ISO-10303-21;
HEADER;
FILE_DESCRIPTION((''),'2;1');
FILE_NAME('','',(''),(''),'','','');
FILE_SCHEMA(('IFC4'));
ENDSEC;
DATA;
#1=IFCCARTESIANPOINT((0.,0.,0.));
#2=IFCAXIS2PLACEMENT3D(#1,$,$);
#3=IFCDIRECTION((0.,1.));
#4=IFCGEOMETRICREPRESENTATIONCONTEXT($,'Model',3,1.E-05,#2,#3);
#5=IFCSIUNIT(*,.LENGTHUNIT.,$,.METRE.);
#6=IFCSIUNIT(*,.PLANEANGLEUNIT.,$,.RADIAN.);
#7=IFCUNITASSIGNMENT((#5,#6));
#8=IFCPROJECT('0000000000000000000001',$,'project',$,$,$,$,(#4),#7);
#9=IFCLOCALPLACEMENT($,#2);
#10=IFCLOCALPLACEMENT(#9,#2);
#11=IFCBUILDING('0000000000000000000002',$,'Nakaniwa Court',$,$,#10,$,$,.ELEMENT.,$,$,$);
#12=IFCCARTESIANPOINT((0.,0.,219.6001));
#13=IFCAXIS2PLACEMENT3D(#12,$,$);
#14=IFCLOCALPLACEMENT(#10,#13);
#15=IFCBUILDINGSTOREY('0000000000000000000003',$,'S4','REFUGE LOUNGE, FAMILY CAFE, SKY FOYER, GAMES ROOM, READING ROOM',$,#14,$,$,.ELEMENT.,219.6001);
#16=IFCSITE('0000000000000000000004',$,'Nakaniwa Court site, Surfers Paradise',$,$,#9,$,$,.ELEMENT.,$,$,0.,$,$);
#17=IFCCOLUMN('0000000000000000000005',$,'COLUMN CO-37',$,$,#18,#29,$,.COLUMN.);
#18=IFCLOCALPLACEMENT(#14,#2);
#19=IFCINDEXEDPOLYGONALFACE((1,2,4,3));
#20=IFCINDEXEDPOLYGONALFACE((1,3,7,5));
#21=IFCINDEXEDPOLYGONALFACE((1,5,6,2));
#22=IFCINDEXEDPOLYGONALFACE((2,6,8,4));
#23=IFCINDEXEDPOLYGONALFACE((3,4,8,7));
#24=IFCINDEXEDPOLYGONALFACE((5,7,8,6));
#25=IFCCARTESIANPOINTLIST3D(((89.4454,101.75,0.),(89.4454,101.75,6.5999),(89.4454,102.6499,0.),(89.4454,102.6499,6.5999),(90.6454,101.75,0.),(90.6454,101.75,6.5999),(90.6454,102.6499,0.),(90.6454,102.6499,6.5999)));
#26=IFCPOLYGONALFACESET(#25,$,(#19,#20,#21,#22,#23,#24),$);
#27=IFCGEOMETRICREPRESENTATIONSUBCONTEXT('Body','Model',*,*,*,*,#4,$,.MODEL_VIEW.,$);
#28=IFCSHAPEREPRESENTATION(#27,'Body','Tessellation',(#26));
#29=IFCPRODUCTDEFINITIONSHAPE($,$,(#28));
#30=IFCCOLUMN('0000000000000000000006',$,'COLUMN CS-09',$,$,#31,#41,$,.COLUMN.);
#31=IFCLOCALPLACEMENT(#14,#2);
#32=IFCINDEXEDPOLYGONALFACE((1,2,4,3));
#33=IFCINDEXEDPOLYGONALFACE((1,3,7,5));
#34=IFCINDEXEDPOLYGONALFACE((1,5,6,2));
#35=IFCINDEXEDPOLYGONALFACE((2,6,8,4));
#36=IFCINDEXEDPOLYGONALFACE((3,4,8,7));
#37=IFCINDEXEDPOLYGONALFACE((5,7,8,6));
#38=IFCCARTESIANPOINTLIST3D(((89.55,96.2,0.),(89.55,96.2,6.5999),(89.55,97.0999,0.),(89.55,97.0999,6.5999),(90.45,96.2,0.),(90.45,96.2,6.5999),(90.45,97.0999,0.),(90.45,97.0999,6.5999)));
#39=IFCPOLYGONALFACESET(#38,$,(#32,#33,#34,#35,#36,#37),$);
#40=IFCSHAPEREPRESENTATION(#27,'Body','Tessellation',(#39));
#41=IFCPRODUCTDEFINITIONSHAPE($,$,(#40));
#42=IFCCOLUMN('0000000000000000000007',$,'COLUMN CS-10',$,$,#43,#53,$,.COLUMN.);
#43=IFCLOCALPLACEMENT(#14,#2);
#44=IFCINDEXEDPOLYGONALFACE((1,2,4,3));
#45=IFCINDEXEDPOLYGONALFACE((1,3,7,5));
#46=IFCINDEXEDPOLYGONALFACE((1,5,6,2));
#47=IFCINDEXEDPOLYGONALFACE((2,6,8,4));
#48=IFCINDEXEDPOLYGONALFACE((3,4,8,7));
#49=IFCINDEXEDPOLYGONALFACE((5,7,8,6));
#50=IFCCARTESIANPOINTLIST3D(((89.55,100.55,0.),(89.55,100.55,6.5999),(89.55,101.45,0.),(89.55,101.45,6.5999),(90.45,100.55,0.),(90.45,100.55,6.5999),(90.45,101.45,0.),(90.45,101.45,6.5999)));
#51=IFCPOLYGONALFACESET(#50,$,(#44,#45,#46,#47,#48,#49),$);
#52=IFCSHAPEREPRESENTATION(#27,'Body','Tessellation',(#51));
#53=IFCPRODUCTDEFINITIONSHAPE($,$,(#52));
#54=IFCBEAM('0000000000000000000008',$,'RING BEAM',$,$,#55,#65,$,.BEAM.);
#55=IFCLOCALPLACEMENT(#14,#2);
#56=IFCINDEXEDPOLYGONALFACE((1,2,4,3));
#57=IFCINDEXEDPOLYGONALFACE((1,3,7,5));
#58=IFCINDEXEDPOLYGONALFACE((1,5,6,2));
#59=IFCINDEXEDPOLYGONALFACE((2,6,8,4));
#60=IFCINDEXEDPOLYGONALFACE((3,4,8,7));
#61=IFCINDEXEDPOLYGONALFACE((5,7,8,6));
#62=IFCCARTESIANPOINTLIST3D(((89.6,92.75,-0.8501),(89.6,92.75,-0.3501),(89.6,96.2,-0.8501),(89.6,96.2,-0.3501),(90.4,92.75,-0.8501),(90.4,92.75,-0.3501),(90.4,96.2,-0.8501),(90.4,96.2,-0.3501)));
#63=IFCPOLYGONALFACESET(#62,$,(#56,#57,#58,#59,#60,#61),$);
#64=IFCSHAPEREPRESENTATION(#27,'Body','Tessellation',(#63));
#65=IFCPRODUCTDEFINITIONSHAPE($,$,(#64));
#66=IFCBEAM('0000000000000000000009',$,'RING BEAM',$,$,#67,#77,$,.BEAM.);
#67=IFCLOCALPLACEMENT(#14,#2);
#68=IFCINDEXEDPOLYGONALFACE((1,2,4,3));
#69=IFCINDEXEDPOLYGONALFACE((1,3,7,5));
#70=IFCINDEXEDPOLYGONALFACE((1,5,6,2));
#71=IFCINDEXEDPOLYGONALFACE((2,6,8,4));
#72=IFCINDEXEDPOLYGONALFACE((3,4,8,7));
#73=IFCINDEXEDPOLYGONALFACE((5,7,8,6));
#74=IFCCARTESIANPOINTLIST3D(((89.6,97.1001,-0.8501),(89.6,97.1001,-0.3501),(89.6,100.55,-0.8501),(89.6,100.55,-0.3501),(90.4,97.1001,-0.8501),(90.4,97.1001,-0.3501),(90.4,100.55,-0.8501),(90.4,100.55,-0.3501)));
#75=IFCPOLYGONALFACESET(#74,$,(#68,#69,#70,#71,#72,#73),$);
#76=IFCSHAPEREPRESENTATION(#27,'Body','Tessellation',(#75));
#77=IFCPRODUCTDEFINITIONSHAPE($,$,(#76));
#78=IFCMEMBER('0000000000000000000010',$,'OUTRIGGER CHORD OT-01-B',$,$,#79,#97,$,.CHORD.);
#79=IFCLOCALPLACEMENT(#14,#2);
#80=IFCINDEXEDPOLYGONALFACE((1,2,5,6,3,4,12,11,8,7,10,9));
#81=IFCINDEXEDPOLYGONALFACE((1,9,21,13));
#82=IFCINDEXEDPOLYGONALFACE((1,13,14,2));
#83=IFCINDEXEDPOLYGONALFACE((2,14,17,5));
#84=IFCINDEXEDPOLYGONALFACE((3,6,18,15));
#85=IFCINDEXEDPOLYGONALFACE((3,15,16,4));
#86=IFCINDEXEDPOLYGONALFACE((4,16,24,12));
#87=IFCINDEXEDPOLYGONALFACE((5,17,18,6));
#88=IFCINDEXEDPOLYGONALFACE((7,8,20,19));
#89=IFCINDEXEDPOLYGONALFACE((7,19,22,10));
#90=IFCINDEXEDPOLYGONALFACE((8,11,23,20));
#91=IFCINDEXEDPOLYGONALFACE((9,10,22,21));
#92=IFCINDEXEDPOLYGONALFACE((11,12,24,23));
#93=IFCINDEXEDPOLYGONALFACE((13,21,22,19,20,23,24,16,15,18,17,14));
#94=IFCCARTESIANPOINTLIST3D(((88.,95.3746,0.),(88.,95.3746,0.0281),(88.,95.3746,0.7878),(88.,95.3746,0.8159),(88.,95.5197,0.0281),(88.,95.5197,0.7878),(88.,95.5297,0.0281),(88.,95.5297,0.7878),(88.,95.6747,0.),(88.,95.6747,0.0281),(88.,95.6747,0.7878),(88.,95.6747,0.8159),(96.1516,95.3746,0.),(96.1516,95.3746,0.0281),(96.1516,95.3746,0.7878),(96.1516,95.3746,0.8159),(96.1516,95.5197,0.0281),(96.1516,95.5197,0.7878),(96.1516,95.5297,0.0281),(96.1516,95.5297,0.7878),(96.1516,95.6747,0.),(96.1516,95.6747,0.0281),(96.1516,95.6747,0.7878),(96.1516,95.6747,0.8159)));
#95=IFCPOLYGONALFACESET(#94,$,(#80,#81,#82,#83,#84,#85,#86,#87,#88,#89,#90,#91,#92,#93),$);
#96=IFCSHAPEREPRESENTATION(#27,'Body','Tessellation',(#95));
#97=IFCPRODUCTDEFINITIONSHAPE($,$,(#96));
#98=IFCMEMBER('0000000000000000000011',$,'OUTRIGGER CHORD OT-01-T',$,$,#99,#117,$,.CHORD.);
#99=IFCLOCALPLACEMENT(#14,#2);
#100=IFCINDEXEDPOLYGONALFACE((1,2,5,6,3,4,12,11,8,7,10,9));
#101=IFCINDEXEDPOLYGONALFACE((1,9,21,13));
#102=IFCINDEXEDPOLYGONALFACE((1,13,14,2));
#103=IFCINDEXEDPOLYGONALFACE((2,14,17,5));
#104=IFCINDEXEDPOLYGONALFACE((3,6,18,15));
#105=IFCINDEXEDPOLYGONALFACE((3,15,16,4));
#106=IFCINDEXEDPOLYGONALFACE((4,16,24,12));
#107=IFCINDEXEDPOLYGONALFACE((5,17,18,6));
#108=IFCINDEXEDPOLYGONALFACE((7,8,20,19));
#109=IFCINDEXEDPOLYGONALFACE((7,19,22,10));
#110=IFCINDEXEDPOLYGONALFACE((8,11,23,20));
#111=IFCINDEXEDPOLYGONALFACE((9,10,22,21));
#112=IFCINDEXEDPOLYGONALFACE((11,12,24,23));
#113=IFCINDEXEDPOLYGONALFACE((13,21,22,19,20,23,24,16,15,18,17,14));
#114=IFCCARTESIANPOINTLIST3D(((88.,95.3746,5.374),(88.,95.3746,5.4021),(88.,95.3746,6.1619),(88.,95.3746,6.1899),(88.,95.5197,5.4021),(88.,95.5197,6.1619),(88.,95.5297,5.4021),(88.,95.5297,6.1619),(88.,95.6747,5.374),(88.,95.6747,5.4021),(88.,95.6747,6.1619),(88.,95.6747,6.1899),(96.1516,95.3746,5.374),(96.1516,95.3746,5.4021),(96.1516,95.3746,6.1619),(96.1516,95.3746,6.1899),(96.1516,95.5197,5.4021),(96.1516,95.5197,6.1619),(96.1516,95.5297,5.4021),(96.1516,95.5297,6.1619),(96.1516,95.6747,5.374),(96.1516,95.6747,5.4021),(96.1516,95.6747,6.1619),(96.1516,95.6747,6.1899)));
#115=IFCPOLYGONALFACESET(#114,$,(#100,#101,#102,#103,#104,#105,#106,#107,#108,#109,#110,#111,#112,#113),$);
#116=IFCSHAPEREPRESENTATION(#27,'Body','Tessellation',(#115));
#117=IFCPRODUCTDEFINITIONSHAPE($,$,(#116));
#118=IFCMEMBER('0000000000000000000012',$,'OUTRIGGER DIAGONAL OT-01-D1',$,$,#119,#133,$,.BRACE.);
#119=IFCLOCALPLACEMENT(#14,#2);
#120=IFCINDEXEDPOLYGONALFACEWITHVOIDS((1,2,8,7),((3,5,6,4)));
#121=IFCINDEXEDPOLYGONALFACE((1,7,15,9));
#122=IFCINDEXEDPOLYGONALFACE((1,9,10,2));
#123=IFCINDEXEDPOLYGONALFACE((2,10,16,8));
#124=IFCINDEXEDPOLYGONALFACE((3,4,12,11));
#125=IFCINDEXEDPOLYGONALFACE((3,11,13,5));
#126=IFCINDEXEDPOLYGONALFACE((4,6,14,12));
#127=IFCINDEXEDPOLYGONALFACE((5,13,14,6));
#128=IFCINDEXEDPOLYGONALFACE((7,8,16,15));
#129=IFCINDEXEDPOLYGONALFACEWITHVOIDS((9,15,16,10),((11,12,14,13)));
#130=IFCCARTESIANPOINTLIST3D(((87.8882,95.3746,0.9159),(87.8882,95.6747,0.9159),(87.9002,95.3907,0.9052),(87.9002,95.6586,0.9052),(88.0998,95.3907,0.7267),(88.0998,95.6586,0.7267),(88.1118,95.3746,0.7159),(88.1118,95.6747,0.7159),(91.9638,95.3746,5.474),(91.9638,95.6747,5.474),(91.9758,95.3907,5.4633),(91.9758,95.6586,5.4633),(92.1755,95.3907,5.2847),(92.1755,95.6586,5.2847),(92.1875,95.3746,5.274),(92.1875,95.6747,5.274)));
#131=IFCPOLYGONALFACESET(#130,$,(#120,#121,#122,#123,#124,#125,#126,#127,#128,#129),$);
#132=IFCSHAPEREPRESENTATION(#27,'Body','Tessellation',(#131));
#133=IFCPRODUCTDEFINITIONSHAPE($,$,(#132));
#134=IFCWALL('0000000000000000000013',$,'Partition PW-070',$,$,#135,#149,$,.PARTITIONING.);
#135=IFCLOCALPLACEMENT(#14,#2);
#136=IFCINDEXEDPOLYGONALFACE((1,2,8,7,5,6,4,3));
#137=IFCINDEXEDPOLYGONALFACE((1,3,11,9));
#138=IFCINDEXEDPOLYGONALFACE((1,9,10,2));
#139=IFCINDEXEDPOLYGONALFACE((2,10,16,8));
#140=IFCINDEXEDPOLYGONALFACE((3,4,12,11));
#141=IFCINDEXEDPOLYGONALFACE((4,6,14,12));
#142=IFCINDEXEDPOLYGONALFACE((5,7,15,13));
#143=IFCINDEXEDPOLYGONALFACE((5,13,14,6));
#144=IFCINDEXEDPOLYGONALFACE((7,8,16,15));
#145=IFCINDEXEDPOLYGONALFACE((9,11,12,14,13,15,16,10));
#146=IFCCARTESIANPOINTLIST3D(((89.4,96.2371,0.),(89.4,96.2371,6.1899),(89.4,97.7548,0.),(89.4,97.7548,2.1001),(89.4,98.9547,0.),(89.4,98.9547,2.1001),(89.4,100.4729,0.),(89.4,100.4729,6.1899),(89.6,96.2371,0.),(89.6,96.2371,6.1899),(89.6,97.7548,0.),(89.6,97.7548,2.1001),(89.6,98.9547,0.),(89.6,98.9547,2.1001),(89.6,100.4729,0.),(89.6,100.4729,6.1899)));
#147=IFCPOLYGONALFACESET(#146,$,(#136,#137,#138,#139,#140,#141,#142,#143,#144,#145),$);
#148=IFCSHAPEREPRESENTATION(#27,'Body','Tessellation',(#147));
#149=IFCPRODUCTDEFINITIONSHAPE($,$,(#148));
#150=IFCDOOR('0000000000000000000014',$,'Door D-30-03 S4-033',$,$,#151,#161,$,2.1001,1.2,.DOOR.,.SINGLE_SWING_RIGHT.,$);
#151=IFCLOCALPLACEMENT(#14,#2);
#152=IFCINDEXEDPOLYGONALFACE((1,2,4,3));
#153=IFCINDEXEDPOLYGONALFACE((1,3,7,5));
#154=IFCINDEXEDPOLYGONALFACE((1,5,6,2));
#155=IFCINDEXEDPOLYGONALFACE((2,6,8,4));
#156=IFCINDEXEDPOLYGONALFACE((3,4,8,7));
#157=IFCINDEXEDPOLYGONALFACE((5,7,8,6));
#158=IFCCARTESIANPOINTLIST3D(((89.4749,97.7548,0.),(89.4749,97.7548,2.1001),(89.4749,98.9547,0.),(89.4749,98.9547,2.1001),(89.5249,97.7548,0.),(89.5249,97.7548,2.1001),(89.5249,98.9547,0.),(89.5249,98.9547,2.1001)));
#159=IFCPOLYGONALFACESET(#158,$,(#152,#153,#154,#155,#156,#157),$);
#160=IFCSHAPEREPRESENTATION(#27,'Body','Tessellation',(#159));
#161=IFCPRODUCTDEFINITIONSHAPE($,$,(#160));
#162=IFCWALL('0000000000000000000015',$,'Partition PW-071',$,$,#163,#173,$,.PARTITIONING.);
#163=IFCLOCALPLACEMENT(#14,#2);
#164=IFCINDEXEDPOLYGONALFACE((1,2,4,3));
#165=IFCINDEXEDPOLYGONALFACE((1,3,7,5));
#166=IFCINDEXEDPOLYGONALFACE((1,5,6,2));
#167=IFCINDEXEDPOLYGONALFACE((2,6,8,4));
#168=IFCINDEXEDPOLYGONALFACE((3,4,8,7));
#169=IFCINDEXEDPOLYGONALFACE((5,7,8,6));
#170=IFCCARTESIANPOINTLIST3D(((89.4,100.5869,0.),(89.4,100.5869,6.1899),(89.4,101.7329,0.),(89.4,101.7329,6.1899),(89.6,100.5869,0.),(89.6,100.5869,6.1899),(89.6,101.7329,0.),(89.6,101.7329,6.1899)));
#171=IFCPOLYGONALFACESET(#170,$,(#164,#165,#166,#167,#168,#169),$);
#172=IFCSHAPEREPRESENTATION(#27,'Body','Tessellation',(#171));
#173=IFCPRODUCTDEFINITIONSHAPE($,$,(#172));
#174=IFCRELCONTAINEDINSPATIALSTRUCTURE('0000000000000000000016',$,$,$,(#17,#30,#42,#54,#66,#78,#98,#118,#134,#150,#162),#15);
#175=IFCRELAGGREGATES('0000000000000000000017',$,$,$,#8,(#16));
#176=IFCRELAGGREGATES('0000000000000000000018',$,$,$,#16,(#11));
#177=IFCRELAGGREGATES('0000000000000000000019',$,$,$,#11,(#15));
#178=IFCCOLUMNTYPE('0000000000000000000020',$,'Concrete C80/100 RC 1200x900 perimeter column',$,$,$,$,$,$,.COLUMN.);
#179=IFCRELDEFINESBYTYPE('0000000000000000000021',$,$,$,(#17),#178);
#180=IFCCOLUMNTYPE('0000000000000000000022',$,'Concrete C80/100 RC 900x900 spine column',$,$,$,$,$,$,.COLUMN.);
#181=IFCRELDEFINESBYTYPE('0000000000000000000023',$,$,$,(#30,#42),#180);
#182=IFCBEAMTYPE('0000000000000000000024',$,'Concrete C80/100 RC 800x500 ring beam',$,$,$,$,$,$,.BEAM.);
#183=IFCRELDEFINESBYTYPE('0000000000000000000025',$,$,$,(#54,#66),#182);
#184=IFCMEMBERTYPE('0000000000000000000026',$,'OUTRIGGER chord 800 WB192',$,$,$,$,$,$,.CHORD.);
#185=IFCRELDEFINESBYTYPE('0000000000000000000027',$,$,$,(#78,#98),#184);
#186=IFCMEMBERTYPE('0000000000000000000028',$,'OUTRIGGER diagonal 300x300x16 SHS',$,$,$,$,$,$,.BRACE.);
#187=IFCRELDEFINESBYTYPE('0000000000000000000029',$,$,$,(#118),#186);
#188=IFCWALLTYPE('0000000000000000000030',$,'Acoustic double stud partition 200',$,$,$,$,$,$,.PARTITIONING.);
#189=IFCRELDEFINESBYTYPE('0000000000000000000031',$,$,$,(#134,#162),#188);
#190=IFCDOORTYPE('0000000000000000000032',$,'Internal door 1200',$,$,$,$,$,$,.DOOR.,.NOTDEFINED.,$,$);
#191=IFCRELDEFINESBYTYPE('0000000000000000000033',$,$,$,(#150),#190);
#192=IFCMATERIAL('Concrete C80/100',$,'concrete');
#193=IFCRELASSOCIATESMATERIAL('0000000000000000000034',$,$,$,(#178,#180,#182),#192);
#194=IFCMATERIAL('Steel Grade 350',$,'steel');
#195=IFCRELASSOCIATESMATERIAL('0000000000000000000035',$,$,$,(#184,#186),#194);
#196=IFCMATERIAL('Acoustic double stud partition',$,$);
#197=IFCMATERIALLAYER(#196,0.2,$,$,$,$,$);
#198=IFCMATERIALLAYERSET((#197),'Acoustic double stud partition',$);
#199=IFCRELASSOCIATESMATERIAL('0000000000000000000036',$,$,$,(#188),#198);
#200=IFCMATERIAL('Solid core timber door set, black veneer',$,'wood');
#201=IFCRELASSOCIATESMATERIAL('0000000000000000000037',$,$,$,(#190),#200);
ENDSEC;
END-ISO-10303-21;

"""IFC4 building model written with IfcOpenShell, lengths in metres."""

from ifc_helpers import new_model, si_unit, direction, frame, frame_2d, origin, origin_2d, place, context, subcontext, project, spatial, rectangle, hollow_rectangle, i_section, extrude, material, layer, layer_set, material_profile, profile_set, type_object, element, fill, save


model = new_model("IFC4")

# Units and contexts
model_context = context("Model", 3, precision=1e-05, world=origin(), true_north=direction((0.0, 1.0)))
body_context = subcontext(model_context, "Body", "Model", "MODEL_VIEW")
ifc_project = project(units=[si_unit("LENGTHUNIT", "METRE"), si_unit("PLANEANGLEUNIT", "RADIAN")], contexts=[model_context])

# Site, building, storey
site_placement = place(None, origin())
site = spatial("IfcSite", under=ifc_project, at=site_placement, Name="Nakaniwa Court site, Surfers Paradise", CompositionType="ELEMENT", RefElevation=0.0)
building_placement = place(site_placement, origin())
building = spatial("IfcBuilding", under=site, at=building_placement, Name="Nakaniwa Court", CompositionType="ELEMENT")
storey_placement = place(building_placement, frame((0.0, 0.0, 219.6001)))
storey = spatial("IfcBuildingStorey", under=building, at=storey_placement, Name="S4", Description="REFUGE LOUNGE, FAMILY CAFE, SKY FOYER, GAMES ROOM, READING ROOM", CompositionType="ELEMENT", Elevation=219.6001)

# Columns
ifc_material_1 = material(Name="Concrete C80/100", Category="concrete")
ifc_material_profile_1 = material_profile(ifc_material_1, rectangle(XDim=1.2, YDim=0.8999, at=origin_2d()), Name="Concrete C80/100 RC 1200x900 perimeter column")
ifc_profile_set_1 = profile_set([ifc_material_profile_1], Name="Concrete C80/100")
column_type_1 = type_object("IfcColumnType", Name="Concrete C80/100 RC 1200x900 perimeter column", PredefinedType="COLUMN", material=ifc_profile_set_1)
column_placement = place(storey_placement, frame((90.0454, 102.2, 0.0), z_axis=(0.0, 0.0, 1.0), x_axis=(-1.0, 0.0, 0.0)))
element("IfcColumn", 1, at=column_placement, inside=storey, type_object=column_type_1, Name="COLUMN CO-37", PredefinedType="COLUMN", context=body_context, shape_type="SweptSolid", body=[
    extrude(rectangle(XDim=1.2, YDim=0.8999, at=origin_2d()), origin(), (0.0, 0.0, 1.0), 6.5999),
])
ifc_material_profile_2 = material_profile(ifc_material_1, rectangle(XDim=0.8999, YDim=0.8999, at=origin_2d()), Name="Concrete C80/100 RC 900x900 spine column")
ifc_profile_set_2 = profile_set([ifc_material_profile_2], Name="Concrete C80/100")
column_type_2 = type_object("IfcColumnType", Name="Concrete C80/100 RC 900x900 spine column", PredefinedType="COLUMN", material=ifc_profile_set_2)
for number, where, z_axis, x_axis, name in (
    (2, (90.0, 96.6499, 0.0), (0.0, 0.0, 1.0), (0.0, 1.0, 0.0), "COLUMN CS-09"),
    (3, (90.0, 101.0, 0.0), (0.0, 0.0, 1.0), (0.0, 1.0, 0.0), "COLUMN CS-10"),
):
    element("IfcColumn", number, at=place(storey_placement, frame(where, z_axis=z_axis, x_axis=x_axis)), inside=storey, type_object=column_type_2, Name=name, PredefinedType="COLUMN", context=body_context, shape_type="SweptSolid", body=[
        extrude(rectangle(XDim=0.8999, YDim=0.8999, at=origin_2d()), origin(), (0.0, 0.0, 1.0), 6.5999),
    ])

# Beams
ifc_material_profile_3 = material_profile(ifc_material_1, rectangle(XDim=0.8, YDim=0.5, at=origin_2d()), Name="Concrete C80/100 RC 800x500 ring beam")
ifc_profile_set_3 = profile_set([ifc_material_profile_3], Name="Concrete C80/100")
beam_type = type_object("IfcBeamType", Name="Concrete C80/100 RC 800x500 ring beam", PredefinedType="BEAM", material=ifc_profile_set_3)
for number, where, z_axis, x_axis, name in (
    (4, (90.0, 92.75, -0.6001), (0.0, 1.0, 0.0), (-1.0, 0.0, 0.0), "RING BEAM"),
    (5, (90.0, 97.1001, -0.6001), (0.0, 1.0, 0.0), (-1.0, 0.0, 0.0), "RING BEAM"),
):
    element("IfcBeam", number, at=place(storey_placement, frame(where, z_axis=z_axis, x_axis=x_axis)), inside=storey, type_object=beam_type, Name=name, PredefinedType="BEAM", context=body_context, shape_type="SweptSolid", body=[
        extrude(rectangle(XDim=0.8, YDim=0.5, at=origin_2d()), origin(), (0.0, 0.0, 1.0), 3.45),
    ])

# Members
ifc_material_2 = material(Name="Steel Grade 350", Category="steel")
ifc_material_profile_4 = material_profile(ifc_material_2, i_section(OverallWidth=0.3, OverallDepth=0.8159, WebThickness=0.01, FlangeThickness=0.0281, at=origin_2d()), Name="800WB192")
ifc_profile_set_4 = profile_set([ifc_material_profile_4], Name="Steel Grade 350")
member_type_1 = type_object("IfcMemberType", Name="OUTRIGGER chord 800 WB192", PredefinedType="CHORD", material=ifc_profile_set_4)
for number, where, z_axis, x_axis, name in (
    (6, (88.0, 95.5247, 0.408), (1.0, 0.0, 0.0), (0.0, 1.0, 0.0), "OUTRIGGER CHORD OT-01-B"),
    (7, (88.0, 95.5247, 5.782), (1.0, 0.0, 0.0), (0.0, 1.0, 0.0), "OUTRIGGER CHORD OT-01-T"),
):
    element("IfcMember", number, at=place(storey_placement, frame(where, z_axis=z_axis, x_axis=x_axis)), inside=storey, type_object=member_type_1, Name=name, PredefinedType="CHORD", context=body_context, shape_type="SweptSolid", body=[
        extrude(i_section(OverallWidth=0.3, OverallDepth=0.8159, WebThickness=0.01, FlangeThickness=0.0281, at=origin_2d()), origin(), (0.0, 0.0, 1.0), 8.1516),
    ])
ifc_material_profile_5 = material_profile(ifc_material_2, hollow_rectangle(XDim=0.3, YDim=0.3, WallThickness=0.0161, at=origin_2d()), Name="OUTRIGGER diagonal 300x300x16 SHS")
ifc_profile_set_5 = profile_set([ifc_material_profile_5], Name="Steel Grade 350")
member_type_2 = type_object("IfcMemberType", Name="OUTRIGGER diagonal 300x300x16 SHS", PredefinedType="BRACE", material=ifc_profile_set_5)
member_placement = place(storey_placement, frame((88.0, 95.5247, 0.8159), z_axis=(0.666557, 0.0, 0.745454), x_axis=(0.0, 1.0, 0.0)))
element("IfcMember", 8, at=member_placement, inside=storey, type_object=member_type_2, Name="OUTRIGGER DIAGONAL OT-01-D1", PredefinedType="BRACE", context=body_context, shape_type="SweptSolid", body=[
    extrude(hollow_rectangle(XDim=0.3, YDim=0.3, WallThickness=0.0161, at=origin_2d()), origin(), (0.0, 0.0, 1.0), 6.1145),
])

# Wall, opening, door
ifc_material_3 = material(Name="Acoustic double stud partition")
ifc_layer_1 = layer(ifc_material_3, 0.2)
ifc_layer_set_1 = layer_set([ifc_layer_1], Name="Acoustic double stud partition")
wall_type_1 = type_object("IfcWallType", Name="Acoustic double stud partition 200", PredefinedType="PARTITIONING", material=ifc_layer_set_1)
wall_1_placement = place(storey_placement, frame((89.5, 100.4729, 0.0), z_axis=(0.0, 0.0, 1.0), x_axis=(0.0, -1.0, 0.0)))
wall_1 = element("IfcWall", 9, at=wall_1_placement, inside=storey, type_object=wall_type_1, Name="Partition PW-070", PredefinedType="PARTITIONING", context=body_context, shape_type="SweptSolid", body=[
    extrude(rectangle(XDim=4.2358, YDim=0.2, at=frame_2d((2.1179, 0.0))), origin(), (0.0, 0.0, 1.0), 6.1899),
])
opening_1_placement = place(wall_1_placement, frame((1.5181, 0.0, 0.0)))
opening_1 = element("IfcOpeningElement", 10, at=opening_1_placement, cuts=wall_1, PredefinedType="OPENING", context=body_context, shape_type="SweptSolid", body=[
    extrude(rectangle(XDim=1.2, YDim=2.1001, at=frame_2d((0.6001, 1.05))), frame((0.0, 0.1099, 0.0), z_axis=(0.0, -1.0, 0.0), x_axis=(1.0, 0.0, 0.0)), (0.0, 0.0, 1.0), 0.22),
])
ifc_material_4 = material(Name="Solid core timber door set, black veneer", Category="wood")
door_type_1 = type_object("IfcDoorType", Name="Internal door 1200", OperationType="NOTDEFINED", PredefinedType="DOOR", material=ifc_material_4)
door_1_placement = place(opening_1_placement, origin())
door_1 = element("IfcDoor", 11, at=door_1_placement, inside=storey, type_object=door_type_1, Name="Door D-30-03 S4-033", OperationType="SINGLE_SWING_RIGHT", OverallHeight=2.1001, OverallWidth=1.2, PredefinedType="DOOR", context=body_context, shape_type="SweptSolid", body=[
    extrude(rectangle(XDim=1.2, YDim=2.1001, at=frame_2d((0.6001, 1.05))), frame((0.0, 0.0249, 0.0), z_axis=(0.0, -1.0, 0.0), x_axis=(1.0, 0.0, 0.0)), (0.0, 0.0, 1.0), 0.05),
])
fill(opening_1, door_1)

# Wall
wall_2_placement = place(storey_placement, frame((89.5, 100.5869, 0.0), z_axis=(0.0, 0.0, 1.0), x_axis=(0.0, 1.0, 0.0)))
element("IfcWall", 12, at=wall_2_placement, inside=storey, type_object=wall_type_1, Name="Partition PW-071", PredefinedType="PARTITIONING", context=body_context, shape_type="SweptSolid", body=[
    extrude(rectangle(XDim=1.146, YDim=0.2, at=frame_2d((0.573, 0.0))), origin(), (0.0, 0.0, 1.0), 6.1899),
])

save(model, "model.ifc")
